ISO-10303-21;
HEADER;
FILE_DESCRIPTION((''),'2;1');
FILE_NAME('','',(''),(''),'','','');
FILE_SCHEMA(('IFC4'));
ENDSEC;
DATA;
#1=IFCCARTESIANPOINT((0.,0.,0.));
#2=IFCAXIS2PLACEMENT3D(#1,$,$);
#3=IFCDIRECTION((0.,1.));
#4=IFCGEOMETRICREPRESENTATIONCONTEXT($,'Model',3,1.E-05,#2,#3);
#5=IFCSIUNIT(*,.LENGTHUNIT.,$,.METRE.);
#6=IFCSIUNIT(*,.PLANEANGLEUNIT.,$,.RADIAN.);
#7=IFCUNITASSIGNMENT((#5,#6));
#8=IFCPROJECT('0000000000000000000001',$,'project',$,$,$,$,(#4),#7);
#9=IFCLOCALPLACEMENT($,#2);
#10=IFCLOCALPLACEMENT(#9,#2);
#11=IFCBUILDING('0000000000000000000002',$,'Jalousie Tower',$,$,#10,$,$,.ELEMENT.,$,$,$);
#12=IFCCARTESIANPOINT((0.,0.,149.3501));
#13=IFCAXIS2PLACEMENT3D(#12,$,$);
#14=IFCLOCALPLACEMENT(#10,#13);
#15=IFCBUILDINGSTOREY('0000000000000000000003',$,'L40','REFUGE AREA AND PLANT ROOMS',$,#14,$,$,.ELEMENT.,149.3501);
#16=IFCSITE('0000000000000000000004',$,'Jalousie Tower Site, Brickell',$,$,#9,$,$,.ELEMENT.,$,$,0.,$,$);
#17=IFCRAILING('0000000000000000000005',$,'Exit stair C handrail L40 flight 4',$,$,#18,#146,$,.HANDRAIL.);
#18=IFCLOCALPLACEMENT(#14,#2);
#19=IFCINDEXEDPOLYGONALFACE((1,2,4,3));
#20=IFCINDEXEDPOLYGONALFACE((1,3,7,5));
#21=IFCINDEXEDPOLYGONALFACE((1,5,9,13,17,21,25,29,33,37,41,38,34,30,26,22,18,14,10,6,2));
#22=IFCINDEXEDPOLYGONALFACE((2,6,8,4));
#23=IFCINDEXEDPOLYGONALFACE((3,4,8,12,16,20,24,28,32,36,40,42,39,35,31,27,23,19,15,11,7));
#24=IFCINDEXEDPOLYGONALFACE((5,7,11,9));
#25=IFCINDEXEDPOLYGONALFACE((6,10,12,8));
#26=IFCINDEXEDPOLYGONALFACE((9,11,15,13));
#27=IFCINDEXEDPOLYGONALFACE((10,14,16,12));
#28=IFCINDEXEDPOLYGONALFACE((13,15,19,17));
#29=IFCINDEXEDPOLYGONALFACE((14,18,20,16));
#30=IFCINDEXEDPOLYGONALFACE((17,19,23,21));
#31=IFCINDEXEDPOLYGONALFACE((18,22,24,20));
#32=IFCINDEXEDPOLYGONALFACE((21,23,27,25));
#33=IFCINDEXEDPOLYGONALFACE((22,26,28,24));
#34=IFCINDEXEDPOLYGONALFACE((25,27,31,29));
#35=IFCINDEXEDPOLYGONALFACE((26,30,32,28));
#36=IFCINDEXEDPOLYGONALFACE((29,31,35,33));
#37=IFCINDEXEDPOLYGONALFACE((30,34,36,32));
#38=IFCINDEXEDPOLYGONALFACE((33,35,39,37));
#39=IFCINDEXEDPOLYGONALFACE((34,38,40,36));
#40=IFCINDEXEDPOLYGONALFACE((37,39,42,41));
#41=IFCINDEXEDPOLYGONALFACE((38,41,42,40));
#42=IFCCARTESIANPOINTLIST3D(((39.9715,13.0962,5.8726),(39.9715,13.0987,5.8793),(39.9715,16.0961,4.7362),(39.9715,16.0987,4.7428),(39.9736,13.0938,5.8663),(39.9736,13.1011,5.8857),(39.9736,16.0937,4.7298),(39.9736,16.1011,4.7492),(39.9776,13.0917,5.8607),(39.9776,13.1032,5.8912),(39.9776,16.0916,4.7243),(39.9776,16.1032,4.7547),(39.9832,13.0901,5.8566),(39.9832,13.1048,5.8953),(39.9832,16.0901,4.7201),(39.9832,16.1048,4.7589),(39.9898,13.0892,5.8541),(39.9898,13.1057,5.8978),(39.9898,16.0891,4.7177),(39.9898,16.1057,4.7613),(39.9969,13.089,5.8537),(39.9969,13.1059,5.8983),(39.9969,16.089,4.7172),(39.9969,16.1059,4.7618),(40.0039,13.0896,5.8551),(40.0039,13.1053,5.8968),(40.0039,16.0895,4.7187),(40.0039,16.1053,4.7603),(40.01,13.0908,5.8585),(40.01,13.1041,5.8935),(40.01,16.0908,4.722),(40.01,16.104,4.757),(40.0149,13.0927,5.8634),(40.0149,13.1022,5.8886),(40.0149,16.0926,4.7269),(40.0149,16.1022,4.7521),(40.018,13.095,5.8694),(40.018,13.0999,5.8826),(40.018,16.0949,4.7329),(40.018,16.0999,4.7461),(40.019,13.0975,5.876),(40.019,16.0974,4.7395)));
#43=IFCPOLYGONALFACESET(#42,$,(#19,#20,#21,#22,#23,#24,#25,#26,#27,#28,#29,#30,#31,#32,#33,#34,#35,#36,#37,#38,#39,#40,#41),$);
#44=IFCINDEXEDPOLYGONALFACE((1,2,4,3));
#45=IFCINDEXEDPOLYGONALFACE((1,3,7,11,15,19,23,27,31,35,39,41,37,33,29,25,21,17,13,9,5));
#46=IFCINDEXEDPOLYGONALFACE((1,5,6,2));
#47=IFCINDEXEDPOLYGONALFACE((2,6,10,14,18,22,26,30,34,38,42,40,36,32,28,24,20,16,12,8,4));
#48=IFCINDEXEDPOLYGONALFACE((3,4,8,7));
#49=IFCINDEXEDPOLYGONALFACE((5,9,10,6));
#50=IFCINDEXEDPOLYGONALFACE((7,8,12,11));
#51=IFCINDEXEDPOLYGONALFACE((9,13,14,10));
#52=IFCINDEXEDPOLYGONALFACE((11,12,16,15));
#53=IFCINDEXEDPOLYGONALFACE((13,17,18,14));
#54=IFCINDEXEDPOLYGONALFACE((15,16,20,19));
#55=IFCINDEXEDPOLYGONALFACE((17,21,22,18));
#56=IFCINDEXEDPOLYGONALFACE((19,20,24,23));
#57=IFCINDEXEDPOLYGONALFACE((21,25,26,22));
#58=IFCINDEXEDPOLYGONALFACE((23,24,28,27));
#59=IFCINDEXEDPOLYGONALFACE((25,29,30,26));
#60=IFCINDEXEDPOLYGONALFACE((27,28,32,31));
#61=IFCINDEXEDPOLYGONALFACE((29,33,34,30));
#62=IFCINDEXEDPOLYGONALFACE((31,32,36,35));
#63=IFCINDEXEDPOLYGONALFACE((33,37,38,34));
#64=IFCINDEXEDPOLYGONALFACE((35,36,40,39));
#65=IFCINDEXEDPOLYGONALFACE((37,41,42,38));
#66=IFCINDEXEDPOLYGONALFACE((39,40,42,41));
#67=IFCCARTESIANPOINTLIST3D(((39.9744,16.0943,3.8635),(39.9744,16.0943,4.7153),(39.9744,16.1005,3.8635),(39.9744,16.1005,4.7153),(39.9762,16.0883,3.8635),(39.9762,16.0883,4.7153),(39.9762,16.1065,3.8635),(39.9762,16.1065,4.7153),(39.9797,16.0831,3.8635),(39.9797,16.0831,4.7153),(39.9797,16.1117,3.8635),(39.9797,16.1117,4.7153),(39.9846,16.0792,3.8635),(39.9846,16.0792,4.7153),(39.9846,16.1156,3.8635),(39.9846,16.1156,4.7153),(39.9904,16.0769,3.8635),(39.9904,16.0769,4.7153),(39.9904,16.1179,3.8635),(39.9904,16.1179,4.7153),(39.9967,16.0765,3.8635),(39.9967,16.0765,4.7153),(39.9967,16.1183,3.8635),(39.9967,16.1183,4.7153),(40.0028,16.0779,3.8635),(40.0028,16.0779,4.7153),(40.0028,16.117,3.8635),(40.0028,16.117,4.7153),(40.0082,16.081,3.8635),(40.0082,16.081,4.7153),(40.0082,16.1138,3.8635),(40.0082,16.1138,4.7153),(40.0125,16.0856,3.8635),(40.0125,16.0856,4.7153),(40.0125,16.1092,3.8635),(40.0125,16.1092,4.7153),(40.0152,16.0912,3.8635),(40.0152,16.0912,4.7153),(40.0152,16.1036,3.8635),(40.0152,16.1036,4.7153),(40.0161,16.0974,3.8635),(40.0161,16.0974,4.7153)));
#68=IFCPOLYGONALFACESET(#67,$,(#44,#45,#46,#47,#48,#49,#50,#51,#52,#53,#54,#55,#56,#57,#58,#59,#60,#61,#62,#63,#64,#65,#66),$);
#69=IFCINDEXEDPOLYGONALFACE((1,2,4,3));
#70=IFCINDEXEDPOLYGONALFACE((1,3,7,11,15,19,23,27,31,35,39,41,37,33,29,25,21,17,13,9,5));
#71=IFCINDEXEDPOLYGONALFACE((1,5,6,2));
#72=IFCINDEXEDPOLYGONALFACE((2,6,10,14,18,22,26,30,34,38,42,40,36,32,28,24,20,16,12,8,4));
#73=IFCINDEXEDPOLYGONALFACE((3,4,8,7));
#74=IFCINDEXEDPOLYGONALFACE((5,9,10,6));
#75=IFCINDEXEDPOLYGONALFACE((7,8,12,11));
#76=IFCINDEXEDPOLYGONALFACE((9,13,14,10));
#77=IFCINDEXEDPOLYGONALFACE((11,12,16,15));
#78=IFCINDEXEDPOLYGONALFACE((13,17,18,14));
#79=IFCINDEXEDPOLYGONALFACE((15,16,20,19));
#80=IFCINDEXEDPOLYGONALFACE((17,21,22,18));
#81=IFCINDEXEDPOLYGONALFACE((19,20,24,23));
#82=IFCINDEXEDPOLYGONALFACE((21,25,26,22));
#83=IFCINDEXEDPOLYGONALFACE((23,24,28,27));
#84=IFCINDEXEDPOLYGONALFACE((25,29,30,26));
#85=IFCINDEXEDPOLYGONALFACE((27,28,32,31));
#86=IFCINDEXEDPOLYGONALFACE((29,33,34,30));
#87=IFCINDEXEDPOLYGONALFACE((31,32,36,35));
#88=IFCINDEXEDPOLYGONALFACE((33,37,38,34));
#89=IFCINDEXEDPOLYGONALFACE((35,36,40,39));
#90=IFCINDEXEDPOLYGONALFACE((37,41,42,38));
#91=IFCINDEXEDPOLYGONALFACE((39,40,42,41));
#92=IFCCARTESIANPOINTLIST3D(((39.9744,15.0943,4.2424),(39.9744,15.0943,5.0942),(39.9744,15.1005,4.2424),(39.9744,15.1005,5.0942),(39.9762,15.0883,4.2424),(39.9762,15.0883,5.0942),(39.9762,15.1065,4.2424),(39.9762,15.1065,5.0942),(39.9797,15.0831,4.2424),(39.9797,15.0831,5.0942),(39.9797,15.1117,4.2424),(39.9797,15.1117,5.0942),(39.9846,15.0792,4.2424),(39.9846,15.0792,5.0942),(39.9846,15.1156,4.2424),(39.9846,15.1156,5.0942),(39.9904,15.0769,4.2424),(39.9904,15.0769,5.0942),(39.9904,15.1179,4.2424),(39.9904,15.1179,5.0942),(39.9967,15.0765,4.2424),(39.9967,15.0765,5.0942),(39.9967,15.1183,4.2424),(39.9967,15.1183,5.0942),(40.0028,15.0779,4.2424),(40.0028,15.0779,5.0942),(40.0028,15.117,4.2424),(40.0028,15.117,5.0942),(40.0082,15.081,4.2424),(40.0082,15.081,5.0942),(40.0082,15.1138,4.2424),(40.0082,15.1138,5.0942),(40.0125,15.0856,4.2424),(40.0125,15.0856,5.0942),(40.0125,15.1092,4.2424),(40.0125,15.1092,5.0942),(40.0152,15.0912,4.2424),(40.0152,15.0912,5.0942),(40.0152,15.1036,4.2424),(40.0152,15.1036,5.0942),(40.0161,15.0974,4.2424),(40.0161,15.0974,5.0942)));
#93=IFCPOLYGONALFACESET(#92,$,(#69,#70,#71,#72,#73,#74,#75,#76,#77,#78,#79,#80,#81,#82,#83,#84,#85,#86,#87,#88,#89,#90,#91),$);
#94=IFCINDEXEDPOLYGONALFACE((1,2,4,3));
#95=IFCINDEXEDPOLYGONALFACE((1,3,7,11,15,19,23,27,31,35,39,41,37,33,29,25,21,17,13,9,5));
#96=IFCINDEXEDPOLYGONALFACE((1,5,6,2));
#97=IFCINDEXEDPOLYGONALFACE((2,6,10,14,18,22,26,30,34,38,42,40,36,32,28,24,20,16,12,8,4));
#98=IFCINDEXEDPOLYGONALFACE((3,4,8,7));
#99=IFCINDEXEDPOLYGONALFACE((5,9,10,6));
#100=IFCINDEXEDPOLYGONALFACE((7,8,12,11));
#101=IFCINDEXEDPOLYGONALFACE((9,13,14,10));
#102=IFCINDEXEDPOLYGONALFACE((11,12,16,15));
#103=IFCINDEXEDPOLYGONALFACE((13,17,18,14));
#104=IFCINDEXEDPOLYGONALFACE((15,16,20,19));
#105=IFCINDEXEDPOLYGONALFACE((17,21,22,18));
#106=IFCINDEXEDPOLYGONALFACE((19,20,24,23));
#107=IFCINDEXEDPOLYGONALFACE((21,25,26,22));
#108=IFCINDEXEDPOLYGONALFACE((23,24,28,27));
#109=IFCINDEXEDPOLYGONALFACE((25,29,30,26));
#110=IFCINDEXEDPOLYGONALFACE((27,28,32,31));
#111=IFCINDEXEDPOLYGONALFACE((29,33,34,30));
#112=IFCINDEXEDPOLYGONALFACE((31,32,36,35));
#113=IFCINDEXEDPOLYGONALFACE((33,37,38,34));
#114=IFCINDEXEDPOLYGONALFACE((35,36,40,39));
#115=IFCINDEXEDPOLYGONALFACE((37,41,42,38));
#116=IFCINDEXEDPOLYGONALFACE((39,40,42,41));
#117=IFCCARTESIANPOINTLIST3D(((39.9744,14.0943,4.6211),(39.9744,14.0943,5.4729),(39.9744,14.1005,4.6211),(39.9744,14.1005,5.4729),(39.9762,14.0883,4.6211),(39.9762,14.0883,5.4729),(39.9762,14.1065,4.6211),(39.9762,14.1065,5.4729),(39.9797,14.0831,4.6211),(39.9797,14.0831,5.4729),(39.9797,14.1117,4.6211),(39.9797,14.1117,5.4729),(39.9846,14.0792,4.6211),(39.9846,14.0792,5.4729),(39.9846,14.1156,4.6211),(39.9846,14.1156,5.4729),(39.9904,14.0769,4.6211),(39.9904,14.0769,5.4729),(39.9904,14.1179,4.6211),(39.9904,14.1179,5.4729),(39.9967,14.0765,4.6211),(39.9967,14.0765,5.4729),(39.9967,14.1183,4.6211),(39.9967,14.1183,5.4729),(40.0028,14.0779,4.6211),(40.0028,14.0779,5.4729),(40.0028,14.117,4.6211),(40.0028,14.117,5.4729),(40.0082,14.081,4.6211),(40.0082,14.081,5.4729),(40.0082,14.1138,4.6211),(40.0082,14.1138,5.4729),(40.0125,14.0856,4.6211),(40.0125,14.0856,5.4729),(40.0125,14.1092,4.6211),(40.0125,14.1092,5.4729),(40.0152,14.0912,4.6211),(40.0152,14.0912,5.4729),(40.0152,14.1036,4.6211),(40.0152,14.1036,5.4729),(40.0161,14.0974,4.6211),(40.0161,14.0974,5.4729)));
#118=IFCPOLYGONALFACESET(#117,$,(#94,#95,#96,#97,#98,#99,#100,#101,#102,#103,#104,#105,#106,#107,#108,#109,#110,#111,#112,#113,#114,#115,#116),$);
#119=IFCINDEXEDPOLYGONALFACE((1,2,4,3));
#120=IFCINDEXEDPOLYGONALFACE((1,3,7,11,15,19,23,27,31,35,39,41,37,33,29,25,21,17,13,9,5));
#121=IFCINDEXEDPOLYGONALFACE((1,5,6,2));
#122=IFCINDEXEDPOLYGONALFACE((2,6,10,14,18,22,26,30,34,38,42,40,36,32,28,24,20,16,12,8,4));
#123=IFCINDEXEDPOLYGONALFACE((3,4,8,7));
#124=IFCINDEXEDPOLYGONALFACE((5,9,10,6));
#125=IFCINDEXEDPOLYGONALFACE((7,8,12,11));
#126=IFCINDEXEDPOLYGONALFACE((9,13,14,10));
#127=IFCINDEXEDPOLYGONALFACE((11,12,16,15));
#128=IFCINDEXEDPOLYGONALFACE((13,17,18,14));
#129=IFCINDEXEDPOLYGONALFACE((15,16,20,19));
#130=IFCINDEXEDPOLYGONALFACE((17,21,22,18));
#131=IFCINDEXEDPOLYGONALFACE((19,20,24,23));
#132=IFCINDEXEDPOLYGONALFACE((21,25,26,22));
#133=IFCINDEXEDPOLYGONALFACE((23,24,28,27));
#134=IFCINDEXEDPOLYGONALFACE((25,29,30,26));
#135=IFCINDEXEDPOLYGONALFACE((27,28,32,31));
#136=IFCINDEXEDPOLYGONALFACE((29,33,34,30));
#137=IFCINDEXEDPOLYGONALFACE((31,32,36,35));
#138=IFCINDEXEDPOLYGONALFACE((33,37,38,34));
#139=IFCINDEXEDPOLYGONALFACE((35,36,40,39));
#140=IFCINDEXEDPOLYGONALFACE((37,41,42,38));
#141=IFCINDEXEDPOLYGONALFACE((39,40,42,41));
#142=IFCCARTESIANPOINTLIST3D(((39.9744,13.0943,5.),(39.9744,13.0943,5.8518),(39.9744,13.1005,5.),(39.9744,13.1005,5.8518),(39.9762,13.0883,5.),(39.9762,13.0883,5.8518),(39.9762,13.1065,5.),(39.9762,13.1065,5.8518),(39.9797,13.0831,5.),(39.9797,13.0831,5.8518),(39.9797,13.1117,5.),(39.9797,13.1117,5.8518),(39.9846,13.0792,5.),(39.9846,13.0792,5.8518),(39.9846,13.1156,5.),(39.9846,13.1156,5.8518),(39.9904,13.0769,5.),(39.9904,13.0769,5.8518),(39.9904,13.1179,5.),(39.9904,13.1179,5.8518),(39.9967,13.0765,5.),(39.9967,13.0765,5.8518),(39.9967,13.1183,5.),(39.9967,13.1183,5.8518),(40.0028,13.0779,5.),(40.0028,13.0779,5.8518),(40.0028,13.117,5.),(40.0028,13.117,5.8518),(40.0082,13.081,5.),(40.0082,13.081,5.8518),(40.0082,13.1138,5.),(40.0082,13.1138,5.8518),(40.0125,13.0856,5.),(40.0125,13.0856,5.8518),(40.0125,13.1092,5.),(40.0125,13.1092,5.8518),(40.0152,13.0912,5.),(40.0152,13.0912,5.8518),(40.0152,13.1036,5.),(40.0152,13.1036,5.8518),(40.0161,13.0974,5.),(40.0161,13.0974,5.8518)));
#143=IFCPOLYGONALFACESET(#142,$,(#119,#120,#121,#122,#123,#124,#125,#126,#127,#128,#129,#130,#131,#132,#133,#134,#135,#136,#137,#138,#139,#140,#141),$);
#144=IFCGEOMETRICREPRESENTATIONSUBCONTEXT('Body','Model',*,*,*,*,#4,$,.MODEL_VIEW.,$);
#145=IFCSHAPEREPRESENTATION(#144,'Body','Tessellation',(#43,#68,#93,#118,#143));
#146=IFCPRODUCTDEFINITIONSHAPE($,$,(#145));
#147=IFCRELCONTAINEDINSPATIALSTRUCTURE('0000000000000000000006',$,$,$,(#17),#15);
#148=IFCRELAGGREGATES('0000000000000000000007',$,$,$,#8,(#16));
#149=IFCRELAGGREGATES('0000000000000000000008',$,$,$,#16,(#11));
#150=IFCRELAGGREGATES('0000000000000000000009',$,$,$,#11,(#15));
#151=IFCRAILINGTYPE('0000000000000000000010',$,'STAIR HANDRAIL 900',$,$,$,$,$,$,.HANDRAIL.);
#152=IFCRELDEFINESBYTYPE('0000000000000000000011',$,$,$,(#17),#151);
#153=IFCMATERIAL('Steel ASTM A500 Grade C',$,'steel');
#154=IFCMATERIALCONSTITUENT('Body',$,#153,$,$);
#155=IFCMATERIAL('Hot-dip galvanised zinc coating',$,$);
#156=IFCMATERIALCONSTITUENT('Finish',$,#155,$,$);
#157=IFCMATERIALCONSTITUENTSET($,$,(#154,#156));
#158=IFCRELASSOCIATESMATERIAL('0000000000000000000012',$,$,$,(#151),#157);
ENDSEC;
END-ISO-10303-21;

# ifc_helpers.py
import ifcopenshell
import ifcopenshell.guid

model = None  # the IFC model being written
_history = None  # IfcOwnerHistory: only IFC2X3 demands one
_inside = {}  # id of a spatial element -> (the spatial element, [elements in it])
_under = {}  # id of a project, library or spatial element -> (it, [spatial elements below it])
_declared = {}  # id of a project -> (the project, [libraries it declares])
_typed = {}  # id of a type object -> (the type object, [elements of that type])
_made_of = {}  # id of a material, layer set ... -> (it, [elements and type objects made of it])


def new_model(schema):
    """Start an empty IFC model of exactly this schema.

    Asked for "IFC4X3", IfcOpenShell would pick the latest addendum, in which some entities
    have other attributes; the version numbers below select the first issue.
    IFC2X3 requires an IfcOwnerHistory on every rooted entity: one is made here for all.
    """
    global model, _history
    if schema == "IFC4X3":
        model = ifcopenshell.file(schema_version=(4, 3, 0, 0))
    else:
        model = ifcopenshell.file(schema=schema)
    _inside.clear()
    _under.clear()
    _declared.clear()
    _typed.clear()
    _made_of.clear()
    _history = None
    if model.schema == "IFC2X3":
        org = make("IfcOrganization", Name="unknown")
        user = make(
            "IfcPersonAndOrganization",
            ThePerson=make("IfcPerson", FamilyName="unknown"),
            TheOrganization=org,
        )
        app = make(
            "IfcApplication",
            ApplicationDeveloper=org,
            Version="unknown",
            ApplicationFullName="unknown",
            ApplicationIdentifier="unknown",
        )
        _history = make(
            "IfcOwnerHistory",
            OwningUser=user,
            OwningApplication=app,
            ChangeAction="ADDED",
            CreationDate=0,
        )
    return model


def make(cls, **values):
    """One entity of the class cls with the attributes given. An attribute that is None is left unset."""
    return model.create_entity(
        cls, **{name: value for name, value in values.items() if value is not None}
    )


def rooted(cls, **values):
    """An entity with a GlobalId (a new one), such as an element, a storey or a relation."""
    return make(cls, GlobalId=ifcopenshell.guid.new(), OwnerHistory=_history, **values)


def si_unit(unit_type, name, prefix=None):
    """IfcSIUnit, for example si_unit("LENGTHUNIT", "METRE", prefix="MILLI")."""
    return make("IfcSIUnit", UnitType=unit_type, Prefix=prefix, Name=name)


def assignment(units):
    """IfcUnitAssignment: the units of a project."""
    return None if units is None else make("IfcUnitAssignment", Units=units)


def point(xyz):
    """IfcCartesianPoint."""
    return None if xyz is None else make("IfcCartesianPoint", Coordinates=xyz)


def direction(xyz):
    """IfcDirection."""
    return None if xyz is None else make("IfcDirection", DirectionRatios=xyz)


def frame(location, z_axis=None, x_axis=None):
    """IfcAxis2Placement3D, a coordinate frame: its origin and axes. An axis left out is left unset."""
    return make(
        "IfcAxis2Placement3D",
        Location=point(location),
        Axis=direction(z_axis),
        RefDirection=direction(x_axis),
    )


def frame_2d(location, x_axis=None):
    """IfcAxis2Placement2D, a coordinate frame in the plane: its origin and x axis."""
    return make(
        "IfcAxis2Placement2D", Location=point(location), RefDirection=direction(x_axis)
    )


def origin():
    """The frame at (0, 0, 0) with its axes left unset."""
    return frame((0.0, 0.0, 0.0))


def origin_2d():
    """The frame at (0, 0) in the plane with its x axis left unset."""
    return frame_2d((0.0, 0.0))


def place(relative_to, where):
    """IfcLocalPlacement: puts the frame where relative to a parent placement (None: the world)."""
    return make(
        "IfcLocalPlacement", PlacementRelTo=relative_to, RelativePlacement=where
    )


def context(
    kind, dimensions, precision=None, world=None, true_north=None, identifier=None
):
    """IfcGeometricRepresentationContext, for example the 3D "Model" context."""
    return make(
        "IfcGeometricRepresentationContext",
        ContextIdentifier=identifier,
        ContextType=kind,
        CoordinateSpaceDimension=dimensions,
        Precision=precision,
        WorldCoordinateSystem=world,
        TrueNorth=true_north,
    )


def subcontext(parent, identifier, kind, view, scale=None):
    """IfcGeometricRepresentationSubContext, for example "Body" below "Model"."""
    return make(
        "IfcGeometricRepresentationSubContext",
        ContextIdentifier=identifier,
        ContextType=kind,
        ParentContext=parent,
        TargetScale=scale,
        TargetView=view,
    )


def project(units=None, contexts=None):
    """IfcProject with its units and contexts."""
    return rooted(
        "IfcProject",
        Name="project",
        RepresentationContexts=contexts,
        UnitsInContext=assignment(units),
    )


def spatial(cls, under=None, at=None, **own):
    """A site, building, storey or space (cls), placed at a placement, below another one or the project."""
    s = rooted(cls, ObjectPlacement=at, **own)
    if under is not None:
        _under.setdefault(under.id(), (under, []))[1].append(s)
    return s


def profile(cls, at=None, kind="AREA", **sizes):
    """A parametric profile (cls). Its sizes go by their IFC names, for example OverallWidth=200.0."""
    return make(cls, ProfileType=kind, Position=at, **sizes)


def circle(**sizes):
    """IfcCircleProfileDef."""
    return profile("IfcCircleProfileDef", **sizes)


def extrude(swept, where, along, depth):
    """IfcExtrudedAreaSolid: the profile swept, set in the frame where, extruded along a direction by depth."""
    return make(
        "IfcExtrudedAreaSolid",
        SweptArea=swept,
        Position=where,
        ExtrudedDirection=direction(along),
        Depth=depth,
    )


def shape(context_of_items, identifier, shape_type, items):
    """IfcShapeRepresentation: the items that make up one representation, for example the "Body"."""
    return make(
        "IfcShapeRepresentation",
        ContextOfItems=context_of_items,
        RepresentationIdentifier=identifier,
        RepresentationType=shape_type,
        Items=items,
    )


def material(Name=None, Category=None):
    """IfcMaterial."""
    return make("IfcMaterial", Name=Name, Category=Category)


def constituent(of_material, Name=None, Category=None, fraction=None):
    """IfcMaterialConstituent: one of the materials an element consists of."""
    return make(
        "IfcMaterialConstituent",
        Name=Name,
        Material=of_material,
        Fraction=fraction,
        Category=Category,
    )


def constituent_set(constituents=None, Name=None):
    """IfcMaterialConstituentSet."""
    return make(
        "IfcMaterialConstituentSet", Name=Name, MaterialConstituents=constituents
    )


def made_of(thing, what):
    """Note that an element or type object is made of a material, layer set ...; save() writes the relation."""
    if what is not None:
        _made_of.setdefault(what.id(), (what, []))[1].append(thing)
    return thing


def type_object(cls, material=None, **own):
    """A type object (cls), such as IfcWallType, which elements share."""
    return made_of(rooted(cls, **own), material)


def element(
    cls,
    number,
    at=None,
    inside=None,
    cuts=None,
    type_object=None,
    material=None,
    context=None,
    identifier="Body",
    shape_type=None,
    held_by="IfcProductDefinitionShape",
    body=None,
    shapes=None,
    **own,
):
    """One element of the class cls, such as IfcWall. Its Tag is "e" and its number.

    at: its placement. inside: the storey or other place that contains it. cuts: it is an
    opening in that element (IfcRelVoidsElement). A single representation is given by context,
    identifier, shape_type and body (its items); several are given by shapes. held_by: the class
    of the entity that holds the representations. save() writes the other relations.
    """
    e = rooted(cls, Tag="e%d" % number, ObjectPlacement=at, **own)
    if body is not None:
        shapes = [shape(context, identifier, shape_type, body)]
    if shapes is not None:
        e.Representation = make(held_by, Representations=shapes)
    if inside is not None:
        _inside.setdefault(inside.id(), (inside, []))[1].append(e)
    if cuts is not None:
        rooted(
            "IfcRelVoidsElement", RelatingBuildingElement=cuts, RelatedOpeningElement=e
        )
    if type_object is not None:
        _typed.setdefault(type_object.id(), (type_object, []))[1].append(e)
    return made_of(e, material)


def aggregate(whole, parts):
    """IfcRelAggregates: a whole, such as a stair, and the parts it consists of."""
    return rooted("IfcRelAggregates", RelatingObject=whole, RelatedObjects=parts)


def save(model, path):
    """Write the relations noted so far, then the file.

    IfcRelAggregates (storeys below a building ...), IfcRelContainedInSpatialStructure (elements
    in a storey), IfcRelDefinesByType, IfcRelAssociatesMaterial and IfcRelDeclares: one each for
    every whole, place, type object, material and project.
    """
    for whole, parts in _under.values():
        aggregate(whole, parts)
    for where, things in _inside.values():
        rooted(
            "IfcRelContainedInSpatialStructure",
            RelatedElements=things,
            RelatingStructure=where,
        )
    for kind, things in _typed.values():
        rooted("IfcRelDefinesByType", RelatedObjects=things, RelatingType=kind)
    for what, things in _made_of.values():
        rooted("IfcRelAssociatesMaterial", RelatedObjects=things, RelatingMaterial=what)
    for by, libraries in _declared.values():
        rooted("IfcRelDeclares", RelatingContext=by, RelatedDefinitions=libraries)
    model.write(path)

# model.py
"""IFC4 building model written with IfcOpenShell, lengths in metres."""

from ifc_helpers import new_model, si_unit, direction, frame, origin, origin_2d, place, context, subcontext, project, spatial, circle, extrude, material, constituent, constituent_set, type_object, element, save


model = new_model("IFC4")

# Units and contexts
model_context = context("Model", 3, precision=1e-05, world=origin(), true_north=direction((0.0, 1.0)))
body_context = subcontext(model_context, "Body", "Model", "MODEL_VIEW")
ifc_project = project(units=[si_unit("LENGTHUNIT", "METRE"), si_unit("PLANEANGLEUNIT", "RADIAN")], contexts=[model_context])

# Site, building, storey
site_placement = place(None, origin())
site = spatial("IfcSite", under=ifc_project, at=site_placement, Name="Jalousie Tower Site, Brickell", CompositionType="ELEMENT", RefElevation=0.0)
building_placement = place(site_placement, origin())
building = spatial("IfcBuilding", under=site, at=building_placement, Name="Jalousie Tower", CompositionType="ELEMENT")
storey_placement = place(building_placement, frame((0.0, 0.0, 149.3501)))
storey = spatial("IfcBuildingStorey", under=building, at=storey_placement, Name="L40", Description="REFUGE AREA AND PLANT ROOMS", CompositionType="ELEMENT", Elevation=149.3501)

# Railing
ifc_material_1 = material(Name="Steel ASTM A500 Grade C", Category="steel")
ifc_constituent_1 = constituent(ifc_material_1, Name="Body")
ifc_material_2 = material(Name="Hot-dip galvanised zinc coating")
ifc_constituent_2 = constituent(ifc_material_2, Name="Finish")
ifc_constituent_set_1 = constituent_set(constituents=[ifc_constituent_1, ifc_constituent_2])
railing_type_1 = type_object("IfcRailingType", Name="STAIR HANDRAIL 900", PredefinedType="HANDRAIL", material=ifc_constituent_set_1)
for number, where, name in (
    (1, (39.9951, 16.0974, 3.8635), "Exit stair C handrail L40 flight 4"),
):
    element("IfcRailing", number, at=place(storey_placement, frame(where)), inside=storey, type_object=railing_type_1, Name=name, PredefinedType="HANDRAIL", context=body_context, shape_type="SweptSolid", body=[
        extrude(circle(Radius=0.0239, at=origin_2d()), frame((0.0, 0.0, 0.876), z_axis=(0.0, -0.935148, 0.354257), x_axis=(1.0, 0.0, 0.0)), (0.0, 0.0, 1.0), 3.208),
        extrude(circle(Radius=0.021, at=origin_2d()), origin(), (0.0, 0.0, 1.0), 0.8518),
        extrude(circle(Radius=0.021, at=origin_2d()), frame((0.0, -1.0, 0.3789)), (0.0, 0.0, 1.0), 0.8518),
        extrude(circle(Radius=0.021, at=origin_2d()), frame((0.0, -2.0, 0.7576)), (0.0, 0.0, 1.0), 0.8518),
        extrude(circle(Radius=0.021, at=origin_2d()), frame((0.0, -3.0, 1.1365)), (0.0, 0.0, 1.0), 0.8518),
    ])

save(model, "model.ifc")
